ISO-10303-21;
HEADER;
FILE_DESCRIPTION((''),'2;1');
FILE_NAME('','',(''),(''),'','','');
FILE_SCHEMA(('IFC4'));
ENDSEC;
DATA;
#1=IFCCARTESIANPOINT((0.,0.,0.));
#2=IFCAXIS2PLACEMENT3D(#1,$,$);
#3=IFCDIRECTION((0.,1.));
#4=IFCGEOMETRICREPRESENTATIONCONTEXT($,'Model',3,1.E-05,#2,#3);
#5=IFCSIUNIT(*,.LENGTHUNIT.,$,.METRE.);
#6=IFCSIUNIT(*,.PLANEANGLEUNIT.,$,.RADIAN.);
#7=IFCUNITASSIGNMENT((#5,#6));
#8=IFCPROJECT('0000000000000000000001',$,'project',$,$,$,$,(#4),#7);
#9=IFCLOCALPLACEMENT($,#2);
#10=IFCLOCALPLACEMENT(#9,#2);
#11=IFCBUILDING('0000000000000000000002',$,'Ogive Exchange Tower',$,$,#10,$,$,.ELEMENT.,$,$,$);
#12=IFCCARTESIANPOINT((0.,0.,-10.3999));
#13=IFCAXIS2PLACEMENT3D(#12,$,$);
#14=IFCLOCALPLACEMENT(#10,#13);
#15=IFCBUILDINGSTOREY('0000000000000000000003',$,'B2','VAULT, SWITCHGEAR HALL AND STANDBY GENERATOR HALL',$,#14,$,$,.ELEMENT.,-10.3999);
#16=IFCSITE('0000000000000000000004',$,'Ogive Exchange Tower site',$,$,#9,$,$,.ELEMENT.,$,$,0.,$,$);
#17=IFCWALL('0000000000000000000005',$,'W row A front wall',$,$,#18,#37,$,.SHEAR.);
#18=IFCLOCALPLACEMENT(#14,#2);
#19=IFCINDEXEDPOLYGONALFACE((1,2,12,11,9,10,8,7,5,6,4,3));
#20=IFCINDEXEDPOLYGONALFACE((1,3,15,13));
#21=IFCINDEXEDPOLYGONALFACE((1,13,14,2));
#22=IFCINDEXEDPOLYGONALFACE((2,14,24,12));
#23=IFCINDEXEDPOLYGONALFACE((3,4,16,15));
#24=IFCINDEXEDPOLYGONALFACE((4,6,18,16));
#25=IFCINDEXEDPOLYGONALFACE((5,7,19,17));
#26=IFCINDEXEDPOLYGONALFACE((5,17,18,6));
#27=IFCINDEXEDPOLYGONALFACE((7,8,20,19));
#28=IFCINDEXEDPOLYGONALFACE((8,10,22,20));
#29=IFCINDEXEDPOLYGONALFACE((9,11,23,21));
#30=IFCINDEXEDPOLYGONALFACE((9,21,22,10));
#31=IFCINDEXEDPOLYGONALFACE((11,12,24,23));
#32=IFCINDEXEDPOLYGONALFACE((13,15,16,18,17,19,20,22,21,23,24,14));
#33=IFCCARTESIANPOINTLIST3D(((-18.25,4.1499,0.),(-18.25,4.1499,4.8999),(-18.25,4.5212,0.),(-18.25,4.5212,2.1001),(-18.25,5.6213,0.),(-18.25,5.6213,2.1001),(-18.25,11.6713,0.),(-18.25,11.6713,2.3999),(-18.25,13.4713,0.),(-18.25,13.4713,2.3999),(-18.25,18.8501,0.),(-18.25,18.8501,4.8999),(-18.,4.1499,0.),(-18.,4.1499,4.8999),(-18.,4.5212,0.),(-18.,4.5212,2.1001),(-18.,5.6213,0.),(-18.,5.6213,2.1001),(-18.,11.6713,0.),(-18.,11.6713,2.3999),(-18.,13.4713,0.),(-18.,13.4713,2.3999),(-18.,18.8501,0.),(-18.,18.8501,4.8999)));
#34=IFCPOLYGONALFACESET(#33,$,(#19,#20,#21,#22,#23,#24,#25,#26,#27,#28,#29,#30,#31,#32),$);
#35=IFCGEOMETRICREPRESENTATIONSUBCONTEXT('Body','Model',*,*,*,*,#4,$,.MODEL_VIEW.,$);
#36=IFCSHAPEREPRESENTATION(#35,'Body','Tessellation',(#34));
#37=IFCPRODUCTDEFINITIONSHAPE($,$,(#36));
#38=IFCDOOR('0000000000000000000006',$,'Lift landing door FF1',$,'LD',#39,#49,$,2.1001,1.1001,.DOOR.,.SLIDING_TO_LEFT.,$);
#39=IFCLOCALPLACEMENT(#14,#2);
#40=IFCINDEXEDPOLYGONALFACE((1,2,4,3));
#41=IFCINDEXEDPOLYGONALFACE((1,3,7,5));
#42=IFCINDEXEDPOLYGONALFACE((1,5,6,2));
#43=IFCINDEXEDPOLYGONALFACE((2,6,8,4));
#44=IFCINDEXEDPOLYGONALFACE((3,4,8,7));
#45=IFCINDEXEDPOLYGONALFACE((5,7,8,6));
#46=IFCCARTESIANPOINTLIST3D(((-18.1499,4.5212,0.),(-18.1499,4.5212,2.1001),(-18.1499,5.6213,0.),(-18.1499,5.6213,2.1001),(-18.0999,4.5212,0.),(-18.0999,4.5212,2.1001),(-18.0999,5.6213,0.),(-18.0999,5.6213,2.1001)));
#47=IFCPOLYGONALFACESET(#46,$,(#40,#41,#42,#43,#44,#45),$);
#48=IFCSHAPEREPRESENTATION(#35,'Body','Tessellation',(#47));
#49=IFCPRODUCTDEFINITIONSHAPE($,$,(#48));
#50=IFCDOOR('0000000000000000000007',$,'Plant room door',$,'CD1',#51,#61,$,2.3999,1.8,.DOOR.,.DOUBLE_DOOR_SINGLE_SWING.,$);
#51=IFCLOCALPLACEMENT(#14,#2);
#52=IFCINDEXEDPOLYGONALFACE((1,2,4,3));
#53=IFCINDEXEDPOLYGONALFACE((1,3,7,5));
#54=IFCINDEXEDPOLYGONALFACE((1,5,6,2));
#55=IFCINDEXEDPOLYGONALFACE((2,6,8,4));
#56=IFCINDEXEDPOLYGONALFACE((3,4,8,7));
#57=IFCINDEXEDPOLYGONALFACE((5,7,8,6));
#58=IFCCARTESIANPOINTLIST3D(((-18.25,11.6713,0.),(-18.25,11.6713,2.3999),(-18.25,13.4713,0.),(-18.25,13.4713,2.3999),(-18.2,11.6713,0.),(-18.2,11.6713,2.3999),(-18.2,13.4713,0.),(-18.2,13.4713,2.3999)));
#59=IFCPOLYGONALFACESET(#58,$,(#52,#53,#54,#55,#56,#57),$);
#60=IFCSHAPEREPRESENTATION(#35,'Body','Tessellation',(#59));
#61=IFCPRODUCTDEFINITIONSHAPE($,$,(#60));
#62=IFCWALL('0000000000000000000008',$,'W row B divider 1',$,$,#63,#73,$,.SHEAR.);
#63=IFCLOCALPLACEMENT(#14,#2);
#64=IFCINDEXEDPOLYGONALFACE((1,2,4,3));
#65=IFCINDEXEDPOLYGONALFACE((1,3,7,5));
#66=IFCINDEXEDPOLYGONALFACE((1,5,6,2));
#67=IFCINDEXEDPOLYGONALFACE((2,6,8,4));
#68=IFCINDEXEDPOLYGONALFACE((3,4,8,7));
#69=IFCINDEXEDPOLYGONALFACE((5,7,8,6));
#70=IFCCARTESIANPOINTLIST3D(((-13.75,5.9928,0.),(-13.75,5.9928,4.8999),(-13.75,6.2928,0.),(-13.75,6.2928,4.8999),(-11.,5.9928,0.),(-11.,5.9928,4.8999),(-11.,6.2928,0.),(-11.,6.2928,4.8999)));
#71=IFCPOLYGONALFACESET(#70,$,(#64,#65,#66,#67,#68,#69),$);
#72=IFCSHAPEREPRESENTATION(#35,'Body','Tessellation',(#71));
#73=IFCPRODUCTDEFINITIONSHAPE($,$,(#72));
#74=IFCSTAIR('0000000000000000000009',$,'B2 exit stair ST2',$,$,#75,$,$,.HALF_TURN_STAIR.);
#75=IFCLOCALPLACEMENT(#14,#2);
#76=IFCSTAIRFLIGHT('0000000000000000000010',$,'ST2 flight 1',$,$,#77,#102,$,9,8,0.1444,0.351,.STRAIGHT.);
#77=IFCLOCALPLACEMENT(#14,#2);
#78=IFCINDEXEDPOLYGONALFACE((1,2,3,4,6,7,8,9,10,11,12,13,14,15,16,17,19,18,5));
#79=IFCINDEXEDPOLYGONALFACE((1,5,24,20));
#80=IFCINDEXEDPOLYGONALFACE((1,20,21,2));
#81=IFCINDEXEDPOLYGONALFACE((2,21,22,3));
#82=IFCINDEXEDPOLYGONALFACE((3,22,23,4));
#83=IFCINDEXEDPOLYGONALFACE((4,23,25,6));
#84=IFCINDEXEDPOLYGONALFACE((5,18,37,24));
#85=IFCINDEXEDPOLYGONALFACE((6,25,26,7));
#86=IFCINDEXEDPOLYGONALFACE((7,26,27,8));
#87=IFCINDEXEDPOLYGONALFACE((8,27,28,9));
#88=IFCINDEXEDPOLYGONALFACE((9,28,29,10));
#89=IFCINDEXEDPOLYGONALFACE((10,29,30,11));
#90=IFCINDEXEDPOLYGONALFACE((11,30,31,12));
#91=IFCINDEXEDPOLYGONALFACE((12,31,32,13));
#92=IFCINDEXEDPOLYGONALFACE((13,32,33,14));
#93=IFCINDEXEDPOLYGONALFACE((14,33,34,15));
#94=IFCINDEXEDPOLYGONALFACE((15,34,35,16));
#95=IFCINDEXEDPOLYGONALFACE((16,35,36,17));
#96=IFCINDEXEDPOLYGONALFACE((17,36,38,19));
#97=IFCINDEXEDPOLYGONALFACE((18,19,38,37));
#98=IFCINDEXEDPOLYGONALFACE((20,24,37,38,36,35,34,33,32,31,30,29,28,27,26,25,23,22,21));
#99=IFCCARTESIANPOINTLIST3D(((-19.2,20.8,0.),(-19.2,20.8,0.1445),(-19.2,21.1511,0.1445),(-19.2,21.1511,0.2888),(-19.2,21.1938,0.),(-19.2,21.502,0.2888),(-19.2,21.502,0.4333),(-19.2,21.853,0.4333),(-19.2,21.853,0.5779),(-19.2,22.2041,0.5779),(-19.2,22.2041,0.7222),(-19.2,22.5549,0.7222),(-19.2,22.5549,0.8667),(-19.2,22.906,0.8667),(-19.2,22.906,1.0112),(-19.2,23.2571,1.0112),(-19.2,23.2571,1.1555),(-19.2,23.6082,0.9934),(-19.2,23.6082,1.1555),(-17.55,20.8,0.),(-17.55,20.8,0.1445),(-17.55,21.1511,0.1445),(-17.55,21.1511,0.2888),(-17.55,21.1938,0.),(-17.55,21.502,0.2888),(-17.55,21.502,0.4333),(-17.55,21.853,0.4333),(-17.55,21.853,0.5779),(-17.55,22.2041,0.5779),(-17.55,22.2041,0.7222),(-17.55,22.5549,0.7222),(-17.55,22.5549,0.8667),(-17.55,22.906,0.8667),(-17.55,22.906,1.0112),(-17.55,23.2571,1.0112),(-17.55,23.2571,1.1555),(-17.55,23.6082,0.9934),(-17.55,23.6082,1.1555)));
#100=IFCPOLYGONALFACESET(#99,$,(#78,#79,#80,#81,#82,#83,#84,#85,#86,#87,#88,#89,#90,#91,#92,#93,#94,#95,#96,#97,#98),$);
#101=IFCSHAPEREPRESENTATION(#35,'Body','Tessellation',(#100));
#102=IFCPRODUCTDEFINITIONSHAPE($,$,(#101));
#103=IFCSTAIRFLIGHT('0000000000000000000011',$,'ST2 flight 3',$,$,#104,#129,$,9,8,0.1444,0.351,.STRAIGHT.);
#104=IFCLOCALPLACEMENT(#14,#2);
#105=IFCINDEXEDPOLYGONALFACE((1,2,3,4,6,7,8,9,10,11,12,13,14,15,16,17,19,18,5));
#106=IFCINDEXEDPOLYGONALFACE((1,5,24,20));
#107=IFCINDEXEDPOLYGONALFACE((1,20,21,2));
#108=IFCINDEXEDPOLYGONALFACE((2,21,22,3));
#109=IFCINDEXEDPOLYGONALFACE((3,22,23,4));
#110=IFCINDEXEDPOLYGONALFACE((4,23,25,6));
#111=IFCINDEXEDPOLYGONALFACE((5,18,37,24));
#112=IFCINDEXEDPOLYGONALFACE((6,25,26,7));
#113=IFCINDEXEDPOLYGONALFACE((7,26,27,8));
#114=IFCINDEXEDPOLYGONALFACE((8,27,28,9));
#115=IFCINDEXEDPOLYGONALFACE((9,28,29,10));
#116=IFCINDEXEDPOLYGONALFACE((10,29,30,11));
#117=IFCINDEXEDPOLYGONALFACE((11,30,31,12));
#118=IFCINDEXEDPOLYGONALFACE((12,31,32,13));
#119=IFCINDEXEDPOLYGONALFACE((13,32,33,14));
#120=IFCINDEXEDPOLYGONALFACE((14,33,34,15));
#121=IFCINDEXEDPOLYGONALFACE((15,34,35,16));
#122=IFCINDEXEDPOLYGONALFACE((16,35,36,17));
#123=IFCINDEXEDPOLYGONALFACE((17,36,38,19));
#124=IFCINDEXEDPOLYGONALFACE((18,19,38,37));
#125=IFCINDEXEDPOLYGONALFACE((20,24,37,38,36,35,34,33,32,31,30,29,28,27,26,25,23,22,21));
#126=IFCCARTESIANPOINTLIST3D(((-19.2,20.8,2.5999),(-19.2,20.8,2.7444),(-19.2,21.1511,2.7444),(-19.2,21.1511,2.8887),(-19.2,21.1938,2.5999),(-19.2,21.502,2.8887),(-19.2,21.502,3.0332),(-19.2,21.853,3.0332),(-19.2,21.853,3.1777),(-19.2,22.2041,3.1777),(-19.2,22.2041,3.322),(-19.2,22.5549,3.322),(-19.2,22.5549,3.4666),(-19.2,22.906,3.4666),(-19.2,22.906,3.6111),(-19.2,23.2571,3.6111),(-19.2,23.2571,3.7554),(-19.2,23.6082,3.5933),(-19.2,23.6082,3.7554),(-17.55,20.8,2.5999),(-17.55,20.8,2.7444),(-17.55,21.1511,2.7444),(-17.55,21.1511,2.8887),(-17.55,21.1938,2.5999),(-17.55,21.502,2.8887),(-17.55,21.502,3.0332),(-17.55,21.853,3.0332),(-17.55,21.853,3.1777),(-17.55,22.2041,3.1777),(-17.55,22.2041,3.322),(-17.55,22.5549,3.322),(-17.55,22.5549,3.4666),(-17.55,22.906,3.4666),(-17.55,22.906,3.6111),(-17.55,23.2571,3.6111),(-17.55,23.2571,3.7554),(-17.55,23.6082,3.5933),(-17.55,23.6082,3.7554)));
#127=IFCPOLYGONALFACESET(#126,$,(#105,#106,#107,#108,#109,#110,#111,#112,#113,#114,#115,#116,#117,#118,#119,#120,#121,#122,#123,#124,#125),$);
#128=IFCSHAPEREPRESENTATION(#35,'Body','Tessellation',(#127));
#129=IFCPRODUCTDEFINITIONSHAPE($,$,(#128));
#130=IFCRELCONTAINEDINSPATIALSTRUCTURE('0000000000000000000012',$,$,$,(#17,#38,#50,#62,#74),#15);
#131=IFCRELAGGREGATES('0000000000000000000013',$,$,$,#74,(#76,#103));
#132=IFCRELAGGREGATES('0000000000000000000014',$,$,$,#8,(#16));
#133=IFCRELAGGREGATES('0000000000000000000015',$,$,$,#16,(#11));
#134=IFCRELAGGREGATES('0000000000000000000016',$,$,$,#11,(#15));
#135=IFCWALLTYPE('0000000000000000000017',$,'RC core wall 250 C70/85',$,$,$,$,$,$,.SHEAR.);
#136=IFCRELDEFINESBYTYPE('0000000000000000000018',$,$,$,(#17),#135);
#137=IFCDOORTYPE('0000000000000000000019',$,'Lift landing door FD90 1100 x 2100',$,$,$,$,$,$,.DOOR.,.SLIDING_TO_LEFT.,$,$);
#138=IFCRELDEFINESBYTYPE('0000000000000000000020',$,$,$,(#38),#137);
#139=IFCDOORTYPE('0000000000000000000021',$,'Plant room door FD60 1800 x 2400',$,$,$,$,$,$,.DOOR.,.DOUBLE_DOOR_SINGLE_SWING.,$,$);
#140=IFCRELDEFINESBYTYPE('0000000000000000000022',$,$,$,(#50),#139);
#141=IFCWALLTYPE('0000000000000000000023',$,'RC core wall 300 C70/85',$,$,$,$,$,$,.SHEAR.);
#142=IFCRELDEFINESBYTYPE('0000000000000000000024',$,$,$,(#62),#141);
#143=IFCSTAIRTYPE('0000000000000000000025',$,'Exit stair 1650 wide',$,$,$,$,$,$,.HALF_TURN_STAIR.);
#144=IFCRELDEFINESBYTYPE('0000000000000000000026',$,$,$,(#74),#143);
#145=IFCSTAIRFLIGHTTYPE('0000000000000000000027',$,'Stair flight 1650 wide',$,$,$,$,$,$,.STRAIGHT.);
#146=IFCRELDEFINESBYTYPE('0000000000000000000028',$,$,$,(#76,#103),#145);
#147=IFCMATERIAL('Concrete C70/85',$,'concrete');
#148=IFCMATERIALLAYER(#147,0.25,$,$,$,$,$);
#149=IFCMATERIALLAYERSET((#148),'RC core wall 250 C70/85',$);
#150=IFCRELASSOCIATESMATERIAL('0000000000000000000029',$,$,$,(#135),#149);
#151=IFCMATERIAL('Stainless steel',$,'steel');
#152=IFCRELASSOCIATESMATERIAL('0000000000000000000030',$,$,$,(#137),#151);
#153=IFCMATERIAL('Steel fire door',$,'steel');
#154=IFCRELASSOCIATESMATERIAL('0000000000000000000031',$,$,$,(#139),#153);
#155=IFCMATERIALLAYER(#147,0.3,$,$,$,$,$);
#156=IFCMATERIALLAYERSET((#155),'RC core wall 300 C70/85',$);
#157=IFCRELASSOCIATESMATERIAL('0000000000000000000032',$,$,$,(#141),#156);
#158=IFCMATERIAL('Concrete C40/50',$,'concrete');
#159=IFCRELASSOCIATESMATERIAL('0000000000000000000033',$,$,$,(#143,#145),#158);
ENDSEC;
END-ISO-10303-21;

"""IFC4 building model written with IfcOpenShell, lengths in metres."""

from ifc_helpers import new_model, si_unit, direction, frame, frame_2d, origin, place, context, subcontext, project, spatial, polyline, rectangle, outline, extrude, material, layer, layer_set, type_object, element, fill, aggregate, save


model = new_model("IFC4")

# Units and contexts
model_context = context("Model", 3, precision=1e-05, world=origin(), true_north=direction((0.0, 1.0)))
body_context = subcontext(model_context, "Body", "Model", "MODEL_VIEW")
ifc_project = project(units=[si_unit("LENGTHUNIT", "METRE"), si_unit("PLANEANGLEUNIT", "RADIAN")], contexts=[model_context])

# Site, building, storey
site_placement = place(None, origin())
site = spatial("IfcSite", under=ifc_project, at=site_placement, Name="Ogive Exchange Tower site", CompositionType="ELEMENT", RefElevation=0.0)
building_placement = place(site_placement, origin())
building = spatial("IfcBuilding", under=site, at=building_placement, Name="Ogive Exchange Tower", CompositionType="ELEMENT")
storey_placement = place(building_placement, frame((0.0, 0.0, -10.3999)))
storey = spatial("IfcBuildingStorey", under=building, at=storey_placement, Name="B2", Description="VAULT, SWITCHGEAR HALL AND STANDBY GENERATOR HALL", CompositionType="ELEMENT", Elevation=-10.3999)

# Shared definitions
ifc_material_1 = material(Name="Concrete C40/50", Category="concrete")

# Shared definitions
ifc_material_2 = material(Name="Concrete C70/85", Category="concrete")

# Shared definitions
ifc_material_3 = material(Name="Steel fire door", Category="steel")
ifc_layer_1 = layer(ifc_material_2, 0.25)
ifc_layer_set_1 = layer_set([ifc_layer_1], Name="RC core wall 250 C70/85")
wall_type_1 = type_object("IfcWallType", Name="RC core wall 250 C70/85", PredefinedType="SHEAR", material=ifc_layer_set_1)

# Wall, openings, doors
wall_1_placement = place(storey_placement, frame((-18.125, 4.1499, 0.0), z_axis=(0.0, 0.0, 1.0), x_axis=(0.0, 1.0, 0.0)))
wall_1 = element("IfcWall", 1, at=wall_1_placement, inside=storey, type_object=wall_type_1, Name="W row A front wall", PredefinedType="SHEAR", context=body_context, shape_type="SweptSolid", body=[
    extrude(rectangle(XDim=14.7002, YDim=0.25, at=frame_2d((7.3501, 0.0))), origin(), (0.0, 0.0, 1.0), 4.8999),
])
opening_1_placement = place(wall_1_placement, frame((7.5215, 0.0, 0.0)))
opening_1 = element("IfcOpeningElement", 2, at=opening_1_placement, cuts=wall_1, PredefinedType="OPENING", context=body_context, shape_type="SweptSolid", body=[
    extrude(rectangle(XDim=1.8, YDim=2.3999, at=frame_2d((0.8999, 1.2))), frame((0.0, 0.135, 0.0), z_axis=(0.0, -1.0, 0.0), x_axis=(1.0, 0.0, 0.0)), (0.0, 0.0, 1.0), 0.27),
])
opening_2_placement = place(wall_1_placement, frame((0.3713, 0.0, 0.0)))
opening_2 = element("IfcOpeningElement", 3, at=opening_2_placement, cuts=wall_1, PredefinedType="OPENING", context=body_context, shape_type="SweptSolid", body=[
    extrude(rectangle(XDim=1.1001, YDim=2.1001, at=frame_2d((0.55, 1.05))), frame((0.0, 0.135, 0.0), z_axis=(0.0, -1.0, 0.0), x_axis=(1.0, 0.0, 0.0)), (0.0, 0.0, 1.0), 0.27),
])
ifc_material_4 = material(Name="Stainless steel", Category="steel")
door_type_1 = type_object("IfcDoorType", Name="Lift landing door FD90 1100 x 2100", OperationType="SLIDING_TO_LEFT", PredefinedType="DOOR", material=ifc_material_4)
door_1_placement = place(opening_2_placement, origin())
door_1 = element("IfcDoor", 4, at=door_1_placement, inside=storey, type_object=door_type_1, Name="Lift landing door FF1", ObjectType="LD", OperationType="SLIDING_TO_LEFT", OverallHeight=2.1001, OverallWidth=1.1001, PredefinedType="DOOR", context=body_context, shape_type="SweptSolid", body=[
    extrude(rectangle(XDim=1.1001, YDim=2.1001, at=frame_2d((0.55, 1.05))), frame((0.0, 0.0249, 0.0), z_axis=(0.0, -1.0, 0.0), x_axis=(1.0, 0.0, 0.0)), (0.0, 0.0, 1.0), 0.05),
])
fill(opening_2, door_1)
door_type_2 = type_object("IfcDoorType", Name="Plant room door FD60 1800 x 2400", OperationType="DOUBLE_DOOR_SINGLE_SWING", PredefinedType="DOOR", material=ifc_material_3)
door_2_placement = place(opening_1_placement, origin())
door_2 = element("IfcDoor", 5, at=door_2_placement, inside=storey, type_object=door_type_2, Name="Plant room door", ObjectType="CD1", OperationType="DOUBLE_DOOR_SINGLE_SWING", OverallHeight=2.3999, OverallWidth=1.8, PredefinedType="DOOR", context=body_context, shape_type="SweptSolid", body=[
    extrude(rectangle(XDim=1.8, YDim=2.3999, at=frame_2d((0.8999, 1.2))), frame((0.0, 0.125, 0.0), z_axis=(0.0, -1.0, 0.0), x_axis=(1.0, 0.0, 0.0)), (0.0, 0.0, 1.0), 0.05),
])
fill(opening_1, door_2)

# Wall
ifc_layer_2 = layer(ifc_material_2, 0.3)
ifc_layer_set_2 = layer_set([ifc_layer_2], Name="RC core wall 300 C70/85")
wall_type_2 = type_object("IfcWallType", Name="RC core wall 300 C70/85", PredefinedType="SHEAR", material=ifc_layer_set_2)
wall_2_placement = place(storey_placement, frame((-13.75, 6.1428, 0.0), z_axis=(0.0, 0.0, 1.0), x_axis=(1.0, 0.0, 0.0)))
element("IfcWall", 6, at=wall_2_placement, inside=storey, type_object=wall_type_2, Name="W row B divider 1", PredefinedType="SHEAR", context=body_context, shape_type="SweptSolid", body=[
    extrude(rectangle(XDim=2.75, YDim=0.3, at=frame_2d((1.375, 0.0))), origin(), (0.0, 0.0, 1.0), 4.8999),
])

# Stair, stair flights
stair_type = type_object("IfcStairType", Name="Exit stair 1650 wide", PredefinedType="HALF_TURN_STAIR", material=ifc_material_1)
stair_placement = place(storey_placement, origin())
stair = element("IfcStair", 7, at=stair_placement, inside=storey, type_object=stair_type, Name="B2 exit stair ST2", PredefinedType="HALF_TURN_STAIR")
stair_flight_type = type_object("IfcStairFlightType", Name="Stair flight 1650 wide", PredefinedType="STRAIGHT", material=ifc_material_1)
stair_flight_1_placement = place(storey_placement, frame((-18.375, 20.8, 0.0), z_axis=(0.0, 0.0, 1.0), x_axis=(0.0, 1.0, 0.0)))
stair_flight_1 = element("IfcStairFlight", 8, at=stair_flight_1_placement, type_object=stair_flight_type, Name="ST2 flight 1", NumberOfRisers=9, NumberOfTreads=8, PredefinedType="STRAIGHT", RiserHeight=0.1444, TreadLength=0.351, context=body_context, shape_type="SweptSolid", body=[
    extrude(outline(polyline([(0.0, 0.0), (0.0, 0.1445), (0.3511, 0.1445), (0.3511, 0.2888), (0.7019, 0.2888), (0.7019, 0.4333), (1.053, 0.4333), (1.053, 0.5779), (1.4041, 0.5779), (1.4041, 0.7222), (1.7549, 0.7222), (1.7549, 0.8667), (2.106, 0.8667), (2.106, 1.0112), (2.457, 1.0112), (2.457, 1.1555), (2.8081, 1.1555), (2.8081, 1.3), (2.8081, 0.9934), (0.3938, 0.0), (0.0, 0.0)])), frame((0.0, 0.825, 0.0), z_axis=(0.0, -1.0, 0.0), x_axis=(1.0, 0.0, 0.0)), (0.0, 0.0, 1.0), 1.6499),
])
stair_flight_2_placement = place(storey_placement, frame((-18.375, 20.8, 2.5999), z_axis=(0.0, 0.0, 1.0), x_axis=(0.0, 1.0, 0.0)))
stair_flight_2 = element("IfcStairFlight", 9, at=stair_flight_2_placement, type_object=stair_flight_type, Name="ST2 flight 3", NumberOfRisers=9, NumberOfTreads=8, PredefinedType="STRAIGHT", RiserHeight=0.1444, TreadLength=0.351, context=body_context, shape_type="SweptSolid", body=[
    extrude(outline(polyline([(0.0, 0.0), (0.0, 0.1445), (0.3511, 0.1445), (0.3511, 0.2888), (0.7019, 0.2888), (0.7019, 0.4333), (1.053, 0.4333), (1.053, 0.5779), (1.4041, 0.5779), (1.4041, 0.7222), (1.7549, 0.7222), (1.7549, 0.8667), (2.106, 0.8667), (2.106, 1.0112), (2.457, 1.0112), (2.457, 1.1555), (2.8081, 1.1555), (2.8081, 1.3), (2.8081, 0.9934), (0.3938, 0.0), (0.0, 0.0)])), frame((0.0, 0.825, 0.0), z_axis=(0.0, -1.0, 0.0), x_axis=(1.0, 0.0, 0.0)), (0.0, 0.0, 1.0), 1.6499),
])
aggregate(stair, [stair_flight_1, stair_flight_2])

save(model, "model.ifc")
